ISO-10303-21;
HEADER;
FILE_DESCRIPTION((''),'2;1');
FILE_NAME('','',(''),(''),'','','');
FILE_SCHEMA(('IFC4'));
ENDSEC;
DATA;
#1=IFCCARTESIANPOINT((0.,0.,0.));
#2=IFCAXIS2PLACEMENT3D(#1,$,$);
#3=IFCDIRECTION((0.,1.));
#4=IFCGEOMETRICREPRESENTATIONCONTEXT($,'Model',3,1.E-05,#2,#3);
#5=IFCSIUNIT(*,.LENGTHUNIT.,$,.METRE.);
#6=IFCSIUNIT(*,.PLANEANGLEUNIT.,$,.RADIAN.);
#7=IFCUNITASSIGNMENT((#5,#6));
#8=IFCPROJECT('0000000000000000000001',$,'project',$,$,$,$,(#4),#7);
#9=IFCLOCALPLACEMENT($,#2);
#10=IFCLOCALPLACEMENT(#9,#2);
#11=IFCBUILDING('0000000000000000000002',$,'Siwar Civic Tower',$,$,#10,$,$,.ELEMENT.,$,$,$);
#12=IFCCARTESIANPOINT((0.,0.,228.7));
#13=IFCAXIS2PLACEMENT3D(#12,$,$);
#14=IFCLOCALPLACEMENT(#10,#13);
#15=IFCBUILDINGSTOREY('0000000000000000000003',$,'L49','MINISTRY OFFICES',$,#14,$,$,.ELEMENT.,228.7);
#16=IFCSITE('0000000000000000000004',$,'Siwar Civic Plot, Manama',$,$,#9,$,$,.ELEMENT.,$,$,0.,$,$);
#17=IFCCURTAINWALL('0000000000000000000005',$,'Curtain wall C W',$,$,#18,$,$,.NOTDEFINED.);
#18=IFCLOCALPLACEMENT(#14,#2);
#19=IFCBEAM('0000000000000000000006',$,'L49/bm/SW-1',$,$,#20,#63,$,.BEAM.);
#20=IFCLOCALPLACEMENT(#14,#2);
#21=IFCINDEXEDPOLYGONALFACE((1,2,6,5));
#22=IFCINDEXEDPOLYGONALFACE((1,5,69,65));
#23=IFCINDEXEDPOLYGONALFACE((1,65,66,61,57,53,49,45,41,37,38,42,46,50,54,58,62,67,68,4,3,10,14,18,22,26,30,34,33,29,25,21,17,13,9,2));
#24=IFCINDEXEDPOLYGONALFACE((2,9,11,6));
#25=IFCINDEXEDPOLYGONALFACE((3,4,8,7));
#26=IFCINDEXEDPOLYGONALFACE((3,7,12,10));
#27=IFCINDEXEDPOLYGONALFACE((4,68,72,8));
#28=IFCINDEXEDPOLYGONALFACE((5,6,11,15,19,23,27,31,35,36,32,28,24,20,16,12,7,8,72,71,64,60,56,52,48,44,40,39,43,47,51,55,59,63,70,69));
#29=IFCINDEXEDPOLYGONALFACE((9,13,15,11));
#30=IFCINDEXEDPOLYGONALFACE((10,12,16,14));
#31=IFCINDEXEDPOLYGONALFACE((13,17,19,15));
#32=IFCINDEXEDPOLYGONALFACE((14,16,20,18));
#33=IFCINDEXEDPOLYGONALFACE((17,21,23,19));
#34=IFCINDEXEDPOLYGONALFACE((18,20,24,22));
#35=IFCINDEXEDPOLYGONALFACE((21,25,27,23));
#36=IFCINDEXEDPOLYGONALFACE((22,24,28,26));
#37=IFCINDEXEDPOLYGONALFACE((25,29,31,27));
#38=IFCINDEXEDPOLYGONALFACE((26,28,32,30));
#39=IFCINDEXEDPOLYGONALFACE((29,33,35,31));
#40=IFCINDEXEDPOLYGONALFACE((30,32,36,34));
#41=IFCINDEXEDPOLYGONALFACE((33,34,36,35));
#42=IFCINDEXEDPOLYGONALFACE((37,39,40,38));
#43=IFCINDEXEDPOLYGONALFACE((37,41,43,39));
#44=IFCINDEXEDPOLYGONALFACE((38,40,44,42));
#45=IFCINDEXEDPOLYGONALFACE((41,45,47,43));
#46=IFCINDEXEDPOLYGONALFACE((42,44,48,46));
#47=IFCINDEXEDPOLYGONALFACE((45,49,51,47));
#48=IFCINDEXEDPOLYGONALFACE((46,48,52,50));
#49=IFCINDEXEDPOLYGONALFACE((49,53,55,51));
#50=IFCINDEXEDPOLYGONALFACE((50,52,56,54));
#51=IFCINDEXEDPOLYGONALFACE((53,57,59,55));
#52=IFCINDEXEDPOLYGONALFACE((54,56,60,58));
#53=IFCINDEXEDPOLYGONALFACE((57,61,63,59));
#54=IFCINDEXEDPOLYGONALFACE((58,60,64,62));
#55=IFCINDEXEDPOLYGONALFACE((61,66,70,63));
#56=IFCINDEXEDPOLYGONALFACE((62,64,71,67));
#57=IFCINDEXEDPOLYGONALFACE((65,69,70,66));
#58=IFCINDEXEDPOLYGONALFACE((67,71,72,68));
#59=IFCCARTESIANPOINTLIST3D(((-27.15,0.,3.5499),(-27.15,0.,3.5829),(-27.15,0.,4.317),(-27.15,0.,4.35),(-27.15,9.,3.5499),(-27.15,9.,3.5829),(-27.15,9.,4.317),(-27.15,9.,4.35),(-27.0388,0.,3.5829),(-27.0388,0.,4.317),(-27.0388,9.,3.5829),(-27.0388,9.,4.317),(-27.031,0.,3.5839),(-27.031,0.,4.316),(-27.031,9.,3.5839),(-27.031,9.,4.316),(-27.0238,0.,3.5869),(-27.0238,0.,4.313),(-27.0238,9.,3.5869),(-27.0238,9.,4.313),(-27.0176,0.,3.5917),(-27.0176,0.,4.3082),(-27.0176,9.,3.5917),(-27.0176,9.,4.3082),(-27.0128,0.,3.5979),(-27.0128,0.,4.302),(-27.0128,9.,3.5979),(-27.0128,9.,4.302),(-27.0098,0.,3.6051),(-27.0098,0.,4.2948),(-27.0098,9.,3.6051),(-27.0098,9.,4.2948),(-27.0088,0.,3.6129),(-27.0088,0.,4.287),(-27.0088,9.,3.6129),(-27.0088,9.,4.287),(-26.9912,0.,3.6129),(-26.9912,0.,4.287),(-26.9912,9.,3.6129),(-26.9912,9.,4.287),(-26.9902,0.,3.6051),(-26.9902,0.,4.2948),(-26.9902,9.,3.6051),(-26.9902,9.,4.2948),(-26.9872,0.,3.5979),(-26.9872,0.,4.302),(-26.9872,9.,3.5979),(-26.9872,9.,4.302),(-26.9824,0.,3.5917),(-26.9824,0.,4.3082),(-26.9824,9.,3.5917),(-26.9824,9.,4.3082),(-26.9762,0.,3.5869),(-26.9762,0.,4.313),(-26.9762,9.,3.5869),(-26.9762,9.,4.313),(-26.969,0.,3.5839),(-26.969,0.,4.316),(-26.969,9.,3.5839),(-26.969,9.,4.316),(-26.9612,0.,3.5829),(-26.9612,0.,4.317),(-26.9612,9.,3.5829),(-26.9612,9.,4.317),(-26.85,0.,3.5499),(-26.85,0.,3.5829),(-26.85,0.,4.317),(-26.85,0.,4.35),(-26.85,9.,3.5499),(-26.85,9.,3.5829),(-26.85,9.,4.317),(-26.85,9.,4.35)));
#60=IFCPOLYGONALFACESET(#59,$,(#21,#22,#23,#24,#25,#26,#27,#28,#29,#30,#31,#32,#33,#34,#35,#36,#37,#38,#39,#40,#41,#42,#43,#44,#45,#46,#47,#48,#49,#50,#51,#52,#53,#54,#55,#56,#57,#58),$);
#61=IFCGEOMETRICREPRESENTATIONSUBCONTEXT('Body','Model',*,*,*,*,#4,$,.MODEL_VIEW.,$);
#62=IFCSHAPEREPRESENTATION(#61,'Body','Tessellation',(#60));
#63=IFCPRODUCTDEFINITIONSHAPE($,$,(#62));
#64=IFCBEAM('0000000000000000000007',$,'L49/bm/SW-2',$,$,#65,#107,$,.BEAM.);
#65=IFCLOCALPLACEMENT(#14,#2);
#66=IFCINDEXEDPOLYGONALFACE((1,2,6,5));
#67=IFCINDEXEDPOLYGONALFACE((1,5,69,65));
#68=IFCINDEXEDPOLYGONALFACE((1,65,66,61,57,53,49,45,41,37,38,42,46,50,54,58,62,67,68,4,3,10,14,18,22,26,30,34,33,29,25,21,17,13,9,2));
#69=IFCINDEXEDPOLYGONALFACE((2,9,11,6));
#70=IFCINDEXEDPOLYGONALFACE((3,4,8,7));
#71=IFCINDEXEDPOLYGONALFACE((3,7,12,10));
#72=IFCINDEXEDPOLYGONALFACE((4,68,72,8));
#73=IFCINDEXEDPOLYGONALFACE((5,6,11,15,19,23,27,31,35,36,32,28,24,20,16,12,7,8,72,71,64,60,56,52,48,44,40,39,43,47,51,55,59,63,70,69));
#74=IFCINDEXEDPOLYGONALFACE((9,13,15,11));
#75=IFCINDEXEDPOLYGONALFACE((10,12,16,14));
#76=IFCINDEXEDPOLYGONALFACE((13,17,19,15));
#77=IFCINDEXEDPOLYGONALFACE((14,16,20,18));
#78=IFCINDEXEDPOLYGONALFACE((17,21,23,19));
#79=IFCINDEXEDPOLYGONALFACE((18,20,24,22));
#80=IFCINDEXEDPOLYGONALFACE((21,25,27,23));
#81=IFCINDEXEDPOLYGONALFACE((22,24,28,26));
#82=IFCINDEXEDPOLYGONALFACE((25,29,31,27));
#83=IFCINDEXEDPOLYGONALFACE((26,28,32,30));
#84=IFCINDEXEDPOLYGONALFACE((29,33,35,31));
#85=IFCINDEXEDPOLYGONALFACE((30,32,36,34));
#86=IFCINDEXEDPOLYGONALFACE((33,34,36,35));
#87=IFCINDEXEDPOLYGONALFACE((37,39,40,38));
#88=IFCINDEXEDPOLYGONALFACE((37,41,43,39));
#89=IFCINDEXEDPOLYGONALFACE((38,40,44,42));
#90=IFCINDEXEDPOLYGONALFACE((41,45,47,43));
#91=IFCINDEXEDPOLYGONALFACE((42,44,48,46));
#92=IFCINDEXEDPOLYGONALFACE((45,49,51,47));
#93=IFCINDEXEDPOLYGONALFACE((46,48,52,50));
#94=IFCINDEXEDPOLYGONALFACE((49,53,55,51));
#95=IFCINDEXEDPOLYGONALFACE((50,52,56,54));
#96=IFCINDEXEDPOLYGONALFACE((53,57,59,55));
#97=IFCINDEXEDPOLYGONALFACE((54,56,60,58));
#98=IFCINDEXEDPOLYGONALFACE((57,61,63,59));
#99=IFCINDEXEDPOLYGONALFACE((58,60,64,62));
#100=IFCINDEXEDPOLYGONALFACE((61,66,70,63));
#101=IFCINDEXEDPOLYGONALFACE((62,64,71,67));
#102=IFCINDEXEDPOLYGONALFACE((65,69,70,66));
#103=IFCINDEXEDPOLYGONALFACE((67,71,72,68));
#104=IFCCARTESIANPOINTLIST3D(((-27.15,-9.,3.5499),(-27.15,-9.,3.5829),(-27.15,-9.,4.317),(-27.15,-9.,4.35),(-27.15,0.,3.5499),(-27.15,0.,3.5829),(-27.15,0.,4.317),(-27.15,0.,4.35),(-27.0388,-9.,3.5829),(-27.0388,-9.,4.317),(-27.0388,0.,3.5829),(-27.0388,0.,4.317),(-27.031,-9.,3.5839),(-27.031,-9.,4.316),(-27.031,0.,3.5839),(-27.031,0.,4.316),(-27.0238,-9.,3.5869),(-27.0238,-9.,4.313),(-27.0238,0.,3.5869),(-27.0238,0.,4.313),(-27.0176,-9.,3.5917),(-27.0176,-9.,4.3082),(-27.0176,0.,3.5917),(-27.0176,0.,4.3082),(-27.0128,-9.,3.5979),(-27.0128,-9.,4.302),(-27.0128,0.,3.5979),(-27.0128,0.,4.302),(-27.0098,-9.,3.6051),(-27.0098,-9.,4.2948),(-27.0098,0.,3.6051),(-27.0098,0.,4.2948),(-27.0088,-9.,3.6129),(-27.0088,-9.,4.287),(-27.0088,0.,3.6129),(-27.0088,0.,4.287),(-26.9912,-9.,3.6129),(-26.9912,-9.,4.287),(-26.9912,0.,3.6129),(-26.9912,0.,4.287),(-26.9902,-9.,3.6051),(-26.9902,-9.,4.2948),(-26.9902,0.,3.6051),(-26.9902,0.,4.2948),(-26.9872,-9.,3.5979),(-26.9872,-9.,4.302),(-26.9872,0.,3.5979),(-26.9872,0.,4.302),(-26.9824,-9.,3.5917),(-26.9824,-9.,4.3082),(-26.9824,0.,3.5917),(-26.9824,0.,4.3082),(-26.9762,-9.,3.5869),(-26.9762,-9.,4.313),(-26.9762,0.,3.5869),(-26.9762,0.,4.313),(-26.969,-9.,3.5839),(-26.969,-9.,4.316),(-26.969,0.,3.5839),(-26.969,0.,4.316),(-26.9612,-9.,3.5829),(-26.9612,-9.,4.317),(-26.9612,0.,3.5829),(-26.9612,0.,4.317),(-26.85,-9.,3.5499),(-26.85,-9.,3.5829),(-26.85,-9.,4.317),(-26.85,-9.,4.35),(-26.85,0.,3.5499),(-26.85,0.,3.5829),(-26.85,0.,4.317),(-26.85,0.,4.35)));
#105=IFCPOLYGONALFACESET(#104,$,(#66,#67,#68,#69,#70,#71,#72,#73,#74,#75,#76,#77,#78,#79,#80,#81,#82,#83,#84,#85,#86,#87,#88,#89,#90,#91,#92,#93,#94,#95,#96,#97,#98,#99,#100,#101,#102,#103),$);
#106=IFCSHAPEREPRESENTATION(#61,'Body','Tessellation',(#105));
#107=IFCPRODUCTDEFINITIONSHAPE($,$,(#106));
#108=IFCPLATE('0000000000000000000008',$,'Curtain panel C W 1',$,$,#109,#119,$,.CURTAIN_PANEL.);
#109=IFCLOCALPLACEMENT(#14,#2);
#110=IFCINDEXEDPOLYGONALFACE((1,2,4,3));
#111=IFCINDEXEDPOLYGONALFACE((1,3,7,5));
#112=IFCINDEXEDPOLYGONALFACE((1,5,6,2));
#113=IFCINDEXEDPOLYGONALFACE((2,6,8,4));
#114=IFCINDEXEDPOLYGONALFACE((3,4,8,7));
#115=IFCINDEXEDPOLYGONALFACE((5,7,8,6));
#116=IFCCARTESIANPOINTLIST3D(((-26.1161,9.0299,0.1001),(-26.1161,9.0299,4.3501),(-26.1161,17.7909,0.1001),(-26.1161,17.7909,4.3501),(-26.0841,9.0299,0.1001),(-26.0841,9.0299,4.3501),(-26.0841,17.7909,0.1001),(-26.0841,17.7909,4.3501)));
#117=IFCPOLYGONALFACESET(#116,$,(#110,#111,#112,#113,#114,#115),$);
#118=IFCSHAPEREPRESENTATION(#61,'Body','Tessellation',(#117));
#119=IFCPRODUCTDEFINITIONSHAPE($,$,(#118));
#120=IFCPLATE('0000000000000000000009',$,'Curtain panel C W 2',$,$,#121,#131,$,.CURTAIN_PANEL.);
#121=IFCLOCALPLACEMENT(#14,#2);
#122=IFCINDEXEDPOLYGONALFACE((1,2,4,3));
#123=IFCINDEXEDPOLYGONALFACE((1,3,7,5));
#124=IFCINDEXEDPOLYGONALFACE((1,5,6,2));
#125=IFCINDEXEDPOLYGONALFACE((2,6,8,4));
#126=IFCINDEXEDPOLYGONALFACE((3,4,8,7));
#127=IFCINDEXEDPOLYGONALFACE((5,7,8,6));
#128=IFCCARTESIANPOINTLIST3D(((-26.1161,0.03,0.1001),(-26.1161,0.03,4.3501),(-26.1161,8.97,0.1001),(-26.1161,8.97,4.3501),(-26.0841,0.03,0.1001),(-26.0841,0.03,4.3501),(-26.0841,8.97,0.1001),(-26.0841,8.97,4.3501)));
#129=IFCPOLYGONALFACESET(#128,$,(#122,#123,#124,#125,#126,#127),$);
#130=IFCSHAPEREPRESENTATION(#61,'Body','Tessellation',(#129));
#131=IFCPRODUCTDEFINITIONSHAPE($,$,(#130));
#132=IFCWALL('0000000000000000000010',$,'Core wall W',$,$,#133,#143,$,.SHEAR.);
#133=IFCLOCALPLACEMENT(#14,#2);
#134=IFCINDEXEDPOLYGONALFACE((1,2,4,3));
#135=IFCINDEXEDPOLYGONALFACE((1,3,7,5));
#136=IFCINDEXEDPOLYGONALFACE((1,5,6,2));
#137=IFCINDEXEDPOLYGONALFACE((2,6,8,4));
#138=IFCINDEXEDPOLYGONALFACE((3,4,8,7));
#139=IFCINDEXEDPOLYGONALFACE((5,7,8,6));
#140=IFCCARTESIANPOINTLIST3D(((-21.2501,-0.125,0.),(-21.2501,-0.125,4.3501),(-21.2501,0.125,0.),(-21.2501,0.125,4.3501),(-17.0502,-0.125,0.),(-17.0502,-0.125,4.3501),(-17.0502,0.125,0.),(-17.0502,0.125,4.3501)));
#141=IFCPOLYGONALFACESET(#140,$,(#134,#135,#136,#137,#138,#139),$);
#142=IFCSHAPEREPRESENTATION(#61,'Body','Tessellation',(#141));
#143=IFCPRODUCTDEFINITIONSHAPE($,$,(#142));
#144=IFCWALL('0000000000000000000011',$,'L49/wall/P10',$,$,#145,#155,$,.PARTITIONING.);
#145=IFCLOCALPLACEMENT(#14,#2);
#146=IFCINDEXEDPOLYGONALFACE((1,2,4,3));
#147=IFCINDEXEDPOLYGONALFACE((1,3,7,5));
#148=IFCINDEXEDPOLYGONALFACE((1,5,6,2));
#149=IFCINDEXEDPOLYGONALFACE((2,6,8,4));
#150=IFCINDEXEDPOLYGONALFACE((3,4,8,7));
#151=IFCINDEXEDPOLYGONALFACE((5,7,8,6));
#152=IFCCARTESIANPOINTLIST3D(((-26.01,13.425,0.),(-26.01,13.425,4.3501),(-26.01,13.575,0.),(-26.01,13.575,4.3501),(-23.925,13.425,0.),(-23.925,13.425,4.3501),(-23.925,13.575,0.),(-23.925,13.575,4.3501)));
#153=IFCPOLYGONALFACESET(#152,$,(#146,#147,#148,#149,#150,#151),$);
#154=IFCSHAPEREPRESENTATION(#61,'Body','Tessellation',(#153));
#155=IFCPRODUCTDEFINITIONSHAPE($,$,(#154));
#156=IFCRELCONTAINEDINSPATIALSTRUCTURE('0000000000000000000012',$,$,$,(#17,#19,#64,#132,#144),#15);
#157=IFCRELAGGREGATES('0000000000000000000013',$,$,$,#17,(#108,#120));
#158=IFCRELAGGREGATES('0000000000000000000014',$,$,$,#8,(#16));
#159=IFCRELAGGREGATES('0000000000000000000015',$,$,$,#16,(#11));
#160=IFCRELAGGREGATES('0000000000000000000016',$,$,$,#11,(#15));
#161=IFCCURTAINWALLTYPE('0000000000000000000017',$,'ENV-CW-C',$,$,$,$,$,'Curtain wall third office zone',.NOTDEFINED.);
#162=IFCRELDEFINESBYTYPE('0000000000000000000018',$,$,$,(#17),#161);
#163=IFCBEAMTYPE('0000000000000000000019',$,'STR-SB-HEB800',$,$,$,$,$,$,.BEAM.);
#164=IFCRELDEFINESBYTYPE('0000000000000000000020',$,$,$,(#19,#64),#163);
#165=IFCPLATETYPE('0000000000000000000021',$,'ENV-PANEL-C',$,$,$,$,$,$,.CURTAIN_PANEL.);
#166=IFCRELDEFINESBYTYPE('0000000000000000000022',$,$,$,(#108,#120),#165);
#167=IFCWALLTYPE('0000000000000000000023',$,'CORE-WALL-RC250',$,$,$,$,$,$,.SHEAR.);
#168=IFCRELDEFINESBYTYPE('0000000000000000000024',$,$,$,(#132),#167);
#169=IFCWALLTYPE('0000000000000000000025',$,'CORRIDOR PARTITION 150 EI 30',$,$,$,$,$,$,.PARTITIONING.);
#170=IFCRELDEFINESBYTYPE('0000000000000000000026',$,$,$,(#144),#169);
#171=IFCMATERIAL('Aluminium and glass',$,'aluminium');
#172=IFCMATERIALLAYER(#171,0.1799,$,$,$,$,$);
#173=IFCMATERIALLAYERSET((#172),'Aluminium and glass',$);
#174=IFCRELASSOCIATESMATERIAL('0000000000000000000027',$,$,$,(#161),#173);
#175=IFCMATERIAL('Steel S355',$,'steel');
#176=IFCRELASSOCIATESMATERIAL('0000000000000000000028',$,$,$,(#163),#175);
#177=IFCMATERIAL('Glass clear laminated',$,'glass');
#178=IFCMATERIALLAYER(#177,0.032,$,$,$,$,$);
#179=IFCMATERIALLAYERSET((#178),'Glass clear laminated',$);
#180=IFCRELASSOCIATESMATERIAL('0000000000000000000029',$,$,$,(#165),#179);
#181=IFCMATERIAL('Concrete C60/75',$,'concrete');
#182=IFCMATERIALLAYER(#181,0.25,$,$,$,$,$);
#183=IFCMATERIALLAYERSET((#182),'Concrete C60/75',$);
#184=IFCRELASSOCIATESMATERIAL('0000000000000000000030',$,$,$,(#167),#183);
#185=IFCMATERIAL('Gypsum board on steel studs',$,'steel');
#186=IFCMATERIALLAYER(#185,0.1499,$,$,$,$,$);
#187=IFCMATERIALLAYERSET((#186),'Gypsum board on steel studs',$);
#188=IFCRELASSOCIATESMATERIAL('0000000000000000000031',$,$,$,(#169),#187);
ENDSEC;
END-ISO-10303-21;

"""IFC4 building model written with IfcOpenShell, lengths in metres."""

from ifc_helpers import new_model, si_unit, direction, frame, frame_2d, origin, origin_2d, place, context, subcontext, project, spatial, rectangle, i_section, extrude, material, layer, layer_set, material_profile, profile_set, type_object, element, aggregate, save


model = new_model("IFC4")

# Units and contexts
model_context = context("Model", 3, precision=1e-05, world=origin(), true_north=direction((0.0, 1.0)))
body_context = subcontext(model_context, "Body", "Model", "MODEL_VIEW")
ifc_project = project(units=[si_unit("LENGTHUNIT", "METRE"), si_unit("PLANEANGLEUNIT", "RADIAN")], contexts=[model_context])

# Site, building, storey
site_placement = place(None, origin())
site = spatial("IfcSite", under=ifc_project, at=site_placement, Name="Siwar Civic Plot, Manama", CompositionType="ELEMENT", RefElevation=0.0)
building_placement = place(site_placement, origin())
building = spatial("IfcBuilding", under=site, at=building_placement, Name="Siwar Civic Tower", CompositionType="ELEMENT")
storey_placement = place(building_placement, frame((0.0, 0.0, 228.7)))
storey = spatial("IfcBuildingStorey", under=building, at=storey_placement, Name="L49", Description="MINISTRY OFFICES", CompositionType="ELEMENT", Elevation=228.7)

# Curtain wall
ifc_material_1 = material(Name="Aluminium and glass", Category="aluminium")
ifc_layer_1 = layer(ifc_material_1, 0.1799)
ifc_layer_set_1 = layer_set([ifc_layer_1], Name="Aluminium and glass")
curtain_wall_type = type_object("IfcCurtainWallType", Name="ENV-CW-C", ElementType="Curtain wall third office zone", PredefinedType="NOTDEFINED", material=ifc_layer_set_1)
curtain_wall_placement = place(storey_placement, origin())
curtain_wall = element("IfcCurtainWall", 1, at=curtain_wall_placement, inside=storey, type_object=curtain_wall_type, Name="Curtain wall C W", PredefinedType="NOTDEFINED")

# Beams
ifc_material_2 = material(Name="Steel S355", Category="steel")
ifc_material_profile_1 = material_profile(ifc_material_2, i_section(OverallWidth=0.3, OverallDepth=0.8, WebThickness=0.0176, FlangeThickness=0.033, FilletRadius=0.03, at=origin_2d()), Name="HEB800")
ifc_profile_set_1 = profile_set([ifc_material_profile_1], Name="Steel S355")
beam_type_1 = type_object("IfcBeamType", Name="STR-SB-HEB800", PredefinedType="BEAM", material=ifc_profile_set_1)
for number, where, z_axis, x_axis, name in (
    (2, (-27.0, 9.0, 3.95), (0.0, -1.0, 0.0), (1.0, 0.0, 0.0), "L49/bm/SW-1"),
    (3, (-27.0, 0.0, 3.95), (0.0, -1.0, 0.0), (1.0, 0.0, 0.0), "L49/bm/SW-2"),
):
    element("IfcBeam", number, at=place(storey_placement, frame(where, z_axis=z_axis, x_axis=x_axis)), inside=storey, type_object=beam_type_1, Name=name, PredefinedType="BEAM", context=body_context, shape_type="SweptSolid", body=[
        extrude(i_section(OverallWidth=0.3, OverallDepth=0.8, WebThickness=0.0176, FlangeThickness=0.033, FilletRadius=0.03, at=origin_2d()), origin(), (0.0, 0.0, 1.0), 9.0),
    ])

# Plates
ifc_material_3 = material(Name="Glass clear laminated", Category="glass")
ifc_layer_2 = layer(ifc_material_3, 0.032)
ifc_layer_set_2 = layer_set([ifc_layer_2], Name="Glass clear laminated")
plate_type = type_object("IfcPlateType", Name="ENV-PANEL-C", PredefinedType="CURTAIN_PANEL", material=ifc_layer_set_2)
plate_1_placement = place(storey_placement, frame((-26.1001, 13.4104, 0.1001), z_axis=(0.0, 0.0, 1.0), x_axis=(0.0, -1.0, 0.0)))
plate_1 = element("IfcPlate", 4, at=plate_1_placement, type_object=plate_type, Name="Curtain panel C W 1", PredefinedType="CURTAIN_PANEL", context=body_context, shape_type="SweptSolid", body=[
    extrude(rectangle(XDim=8.761, YDim=0.032, at=origin_2d()), origin(), (0.0, 0.0, 1.0), 4.25),
])
plate_2_placement = place(storey_placement, frame((-26.1001, 4.5, 0.1001), z_axis=(0.0, 0.0, 1.0), x_axis=(0.0, -1.0, 0.0)))
plate_2 = element("IfcPlate", 5, at=plate_2_placement, type_object=plate_type, Name="Curtain panel C W 2", PredefinedType="CURTAIN_PANEL", context=body_context, shape_type="SweptSolid", body=[
    extrude(rectangle(XDim=8.9399, YDim=0.032, at=origin_2d()), origin(), (0.0, 0.0, 1.0), 4.25),
])
aggregate(curtain_wall, [plate_1, plate_2])

# Walls
ifc_material_4 = material(Name="Concrete C60/75", Category="concrete")
ifc_layer_3 = layer(ifc_material_4, 0.25)
ifc_layer_set_3 = layer_set([ifc_layer_3], Name="Concrete C60/75")
wall_type_1 = type_object("IfcWallType", Name="CORE-WALL-RC250", PredefinedType="SHEAR", material=ifc_layer_set_3)
wall_1_placement = place(storey_placement, frame((-17.05, 0.0, 0.0), z_axis=(0.0, 0.0, 1.0), x_axis=(-1.0, 0.0, 0.0)))
element("IfcWall", 6, at=wall_1_placement, inside=storey, type_object=wall_type_1, Name="Core wall W", PredefinedType="SHEAR", context=body_context, shape_type="SweptSolid", body=[
    extrude(rectangle(XDim=4.2, YDim=0.25, at=frame_2d((2.1001, 0.0))), origin(), (0.0, 0.0, 1.0), 4.3501),
])
ifc_material_5 = material(Name="Gypsum board on steel studs", Category="steel")
ifc_layer_4 = layer(ifc_material_5, 0.1499)
ifc_layer_set_4 = layer_set([ifc_layer_4], Name="Gypsum board on steel studs")
wall_type_2 = type_object("IfcWallType", Name="CORRIDOR PARTITION 150 EI 30", PredefinedType="PARTITIONING", material=ifc_layer_set_4)
wall_2_placement = place(storey_placement, frame((-26.01, 13.5, 0.0), z_axis=(0.0, 0.0, 1.0), x_axis=(1.0, 0.0, 0.0)))
element("IfcWall", 7, at=wall_2_placement, inside=storey, type_object=wall_type_2, Name="L49/wall/P10", PredefinedType="PARTITIONING", context=body_context, shape_type="SweptSolid", body=[
    extrude(rectangle(XDim=2.085, YDim=0.1499, at=frame_2d((1.0425, 0.0))), origin(), (0.0, 0.0, 1.0), 4.3501),
])

save(model, "model.ifc")
